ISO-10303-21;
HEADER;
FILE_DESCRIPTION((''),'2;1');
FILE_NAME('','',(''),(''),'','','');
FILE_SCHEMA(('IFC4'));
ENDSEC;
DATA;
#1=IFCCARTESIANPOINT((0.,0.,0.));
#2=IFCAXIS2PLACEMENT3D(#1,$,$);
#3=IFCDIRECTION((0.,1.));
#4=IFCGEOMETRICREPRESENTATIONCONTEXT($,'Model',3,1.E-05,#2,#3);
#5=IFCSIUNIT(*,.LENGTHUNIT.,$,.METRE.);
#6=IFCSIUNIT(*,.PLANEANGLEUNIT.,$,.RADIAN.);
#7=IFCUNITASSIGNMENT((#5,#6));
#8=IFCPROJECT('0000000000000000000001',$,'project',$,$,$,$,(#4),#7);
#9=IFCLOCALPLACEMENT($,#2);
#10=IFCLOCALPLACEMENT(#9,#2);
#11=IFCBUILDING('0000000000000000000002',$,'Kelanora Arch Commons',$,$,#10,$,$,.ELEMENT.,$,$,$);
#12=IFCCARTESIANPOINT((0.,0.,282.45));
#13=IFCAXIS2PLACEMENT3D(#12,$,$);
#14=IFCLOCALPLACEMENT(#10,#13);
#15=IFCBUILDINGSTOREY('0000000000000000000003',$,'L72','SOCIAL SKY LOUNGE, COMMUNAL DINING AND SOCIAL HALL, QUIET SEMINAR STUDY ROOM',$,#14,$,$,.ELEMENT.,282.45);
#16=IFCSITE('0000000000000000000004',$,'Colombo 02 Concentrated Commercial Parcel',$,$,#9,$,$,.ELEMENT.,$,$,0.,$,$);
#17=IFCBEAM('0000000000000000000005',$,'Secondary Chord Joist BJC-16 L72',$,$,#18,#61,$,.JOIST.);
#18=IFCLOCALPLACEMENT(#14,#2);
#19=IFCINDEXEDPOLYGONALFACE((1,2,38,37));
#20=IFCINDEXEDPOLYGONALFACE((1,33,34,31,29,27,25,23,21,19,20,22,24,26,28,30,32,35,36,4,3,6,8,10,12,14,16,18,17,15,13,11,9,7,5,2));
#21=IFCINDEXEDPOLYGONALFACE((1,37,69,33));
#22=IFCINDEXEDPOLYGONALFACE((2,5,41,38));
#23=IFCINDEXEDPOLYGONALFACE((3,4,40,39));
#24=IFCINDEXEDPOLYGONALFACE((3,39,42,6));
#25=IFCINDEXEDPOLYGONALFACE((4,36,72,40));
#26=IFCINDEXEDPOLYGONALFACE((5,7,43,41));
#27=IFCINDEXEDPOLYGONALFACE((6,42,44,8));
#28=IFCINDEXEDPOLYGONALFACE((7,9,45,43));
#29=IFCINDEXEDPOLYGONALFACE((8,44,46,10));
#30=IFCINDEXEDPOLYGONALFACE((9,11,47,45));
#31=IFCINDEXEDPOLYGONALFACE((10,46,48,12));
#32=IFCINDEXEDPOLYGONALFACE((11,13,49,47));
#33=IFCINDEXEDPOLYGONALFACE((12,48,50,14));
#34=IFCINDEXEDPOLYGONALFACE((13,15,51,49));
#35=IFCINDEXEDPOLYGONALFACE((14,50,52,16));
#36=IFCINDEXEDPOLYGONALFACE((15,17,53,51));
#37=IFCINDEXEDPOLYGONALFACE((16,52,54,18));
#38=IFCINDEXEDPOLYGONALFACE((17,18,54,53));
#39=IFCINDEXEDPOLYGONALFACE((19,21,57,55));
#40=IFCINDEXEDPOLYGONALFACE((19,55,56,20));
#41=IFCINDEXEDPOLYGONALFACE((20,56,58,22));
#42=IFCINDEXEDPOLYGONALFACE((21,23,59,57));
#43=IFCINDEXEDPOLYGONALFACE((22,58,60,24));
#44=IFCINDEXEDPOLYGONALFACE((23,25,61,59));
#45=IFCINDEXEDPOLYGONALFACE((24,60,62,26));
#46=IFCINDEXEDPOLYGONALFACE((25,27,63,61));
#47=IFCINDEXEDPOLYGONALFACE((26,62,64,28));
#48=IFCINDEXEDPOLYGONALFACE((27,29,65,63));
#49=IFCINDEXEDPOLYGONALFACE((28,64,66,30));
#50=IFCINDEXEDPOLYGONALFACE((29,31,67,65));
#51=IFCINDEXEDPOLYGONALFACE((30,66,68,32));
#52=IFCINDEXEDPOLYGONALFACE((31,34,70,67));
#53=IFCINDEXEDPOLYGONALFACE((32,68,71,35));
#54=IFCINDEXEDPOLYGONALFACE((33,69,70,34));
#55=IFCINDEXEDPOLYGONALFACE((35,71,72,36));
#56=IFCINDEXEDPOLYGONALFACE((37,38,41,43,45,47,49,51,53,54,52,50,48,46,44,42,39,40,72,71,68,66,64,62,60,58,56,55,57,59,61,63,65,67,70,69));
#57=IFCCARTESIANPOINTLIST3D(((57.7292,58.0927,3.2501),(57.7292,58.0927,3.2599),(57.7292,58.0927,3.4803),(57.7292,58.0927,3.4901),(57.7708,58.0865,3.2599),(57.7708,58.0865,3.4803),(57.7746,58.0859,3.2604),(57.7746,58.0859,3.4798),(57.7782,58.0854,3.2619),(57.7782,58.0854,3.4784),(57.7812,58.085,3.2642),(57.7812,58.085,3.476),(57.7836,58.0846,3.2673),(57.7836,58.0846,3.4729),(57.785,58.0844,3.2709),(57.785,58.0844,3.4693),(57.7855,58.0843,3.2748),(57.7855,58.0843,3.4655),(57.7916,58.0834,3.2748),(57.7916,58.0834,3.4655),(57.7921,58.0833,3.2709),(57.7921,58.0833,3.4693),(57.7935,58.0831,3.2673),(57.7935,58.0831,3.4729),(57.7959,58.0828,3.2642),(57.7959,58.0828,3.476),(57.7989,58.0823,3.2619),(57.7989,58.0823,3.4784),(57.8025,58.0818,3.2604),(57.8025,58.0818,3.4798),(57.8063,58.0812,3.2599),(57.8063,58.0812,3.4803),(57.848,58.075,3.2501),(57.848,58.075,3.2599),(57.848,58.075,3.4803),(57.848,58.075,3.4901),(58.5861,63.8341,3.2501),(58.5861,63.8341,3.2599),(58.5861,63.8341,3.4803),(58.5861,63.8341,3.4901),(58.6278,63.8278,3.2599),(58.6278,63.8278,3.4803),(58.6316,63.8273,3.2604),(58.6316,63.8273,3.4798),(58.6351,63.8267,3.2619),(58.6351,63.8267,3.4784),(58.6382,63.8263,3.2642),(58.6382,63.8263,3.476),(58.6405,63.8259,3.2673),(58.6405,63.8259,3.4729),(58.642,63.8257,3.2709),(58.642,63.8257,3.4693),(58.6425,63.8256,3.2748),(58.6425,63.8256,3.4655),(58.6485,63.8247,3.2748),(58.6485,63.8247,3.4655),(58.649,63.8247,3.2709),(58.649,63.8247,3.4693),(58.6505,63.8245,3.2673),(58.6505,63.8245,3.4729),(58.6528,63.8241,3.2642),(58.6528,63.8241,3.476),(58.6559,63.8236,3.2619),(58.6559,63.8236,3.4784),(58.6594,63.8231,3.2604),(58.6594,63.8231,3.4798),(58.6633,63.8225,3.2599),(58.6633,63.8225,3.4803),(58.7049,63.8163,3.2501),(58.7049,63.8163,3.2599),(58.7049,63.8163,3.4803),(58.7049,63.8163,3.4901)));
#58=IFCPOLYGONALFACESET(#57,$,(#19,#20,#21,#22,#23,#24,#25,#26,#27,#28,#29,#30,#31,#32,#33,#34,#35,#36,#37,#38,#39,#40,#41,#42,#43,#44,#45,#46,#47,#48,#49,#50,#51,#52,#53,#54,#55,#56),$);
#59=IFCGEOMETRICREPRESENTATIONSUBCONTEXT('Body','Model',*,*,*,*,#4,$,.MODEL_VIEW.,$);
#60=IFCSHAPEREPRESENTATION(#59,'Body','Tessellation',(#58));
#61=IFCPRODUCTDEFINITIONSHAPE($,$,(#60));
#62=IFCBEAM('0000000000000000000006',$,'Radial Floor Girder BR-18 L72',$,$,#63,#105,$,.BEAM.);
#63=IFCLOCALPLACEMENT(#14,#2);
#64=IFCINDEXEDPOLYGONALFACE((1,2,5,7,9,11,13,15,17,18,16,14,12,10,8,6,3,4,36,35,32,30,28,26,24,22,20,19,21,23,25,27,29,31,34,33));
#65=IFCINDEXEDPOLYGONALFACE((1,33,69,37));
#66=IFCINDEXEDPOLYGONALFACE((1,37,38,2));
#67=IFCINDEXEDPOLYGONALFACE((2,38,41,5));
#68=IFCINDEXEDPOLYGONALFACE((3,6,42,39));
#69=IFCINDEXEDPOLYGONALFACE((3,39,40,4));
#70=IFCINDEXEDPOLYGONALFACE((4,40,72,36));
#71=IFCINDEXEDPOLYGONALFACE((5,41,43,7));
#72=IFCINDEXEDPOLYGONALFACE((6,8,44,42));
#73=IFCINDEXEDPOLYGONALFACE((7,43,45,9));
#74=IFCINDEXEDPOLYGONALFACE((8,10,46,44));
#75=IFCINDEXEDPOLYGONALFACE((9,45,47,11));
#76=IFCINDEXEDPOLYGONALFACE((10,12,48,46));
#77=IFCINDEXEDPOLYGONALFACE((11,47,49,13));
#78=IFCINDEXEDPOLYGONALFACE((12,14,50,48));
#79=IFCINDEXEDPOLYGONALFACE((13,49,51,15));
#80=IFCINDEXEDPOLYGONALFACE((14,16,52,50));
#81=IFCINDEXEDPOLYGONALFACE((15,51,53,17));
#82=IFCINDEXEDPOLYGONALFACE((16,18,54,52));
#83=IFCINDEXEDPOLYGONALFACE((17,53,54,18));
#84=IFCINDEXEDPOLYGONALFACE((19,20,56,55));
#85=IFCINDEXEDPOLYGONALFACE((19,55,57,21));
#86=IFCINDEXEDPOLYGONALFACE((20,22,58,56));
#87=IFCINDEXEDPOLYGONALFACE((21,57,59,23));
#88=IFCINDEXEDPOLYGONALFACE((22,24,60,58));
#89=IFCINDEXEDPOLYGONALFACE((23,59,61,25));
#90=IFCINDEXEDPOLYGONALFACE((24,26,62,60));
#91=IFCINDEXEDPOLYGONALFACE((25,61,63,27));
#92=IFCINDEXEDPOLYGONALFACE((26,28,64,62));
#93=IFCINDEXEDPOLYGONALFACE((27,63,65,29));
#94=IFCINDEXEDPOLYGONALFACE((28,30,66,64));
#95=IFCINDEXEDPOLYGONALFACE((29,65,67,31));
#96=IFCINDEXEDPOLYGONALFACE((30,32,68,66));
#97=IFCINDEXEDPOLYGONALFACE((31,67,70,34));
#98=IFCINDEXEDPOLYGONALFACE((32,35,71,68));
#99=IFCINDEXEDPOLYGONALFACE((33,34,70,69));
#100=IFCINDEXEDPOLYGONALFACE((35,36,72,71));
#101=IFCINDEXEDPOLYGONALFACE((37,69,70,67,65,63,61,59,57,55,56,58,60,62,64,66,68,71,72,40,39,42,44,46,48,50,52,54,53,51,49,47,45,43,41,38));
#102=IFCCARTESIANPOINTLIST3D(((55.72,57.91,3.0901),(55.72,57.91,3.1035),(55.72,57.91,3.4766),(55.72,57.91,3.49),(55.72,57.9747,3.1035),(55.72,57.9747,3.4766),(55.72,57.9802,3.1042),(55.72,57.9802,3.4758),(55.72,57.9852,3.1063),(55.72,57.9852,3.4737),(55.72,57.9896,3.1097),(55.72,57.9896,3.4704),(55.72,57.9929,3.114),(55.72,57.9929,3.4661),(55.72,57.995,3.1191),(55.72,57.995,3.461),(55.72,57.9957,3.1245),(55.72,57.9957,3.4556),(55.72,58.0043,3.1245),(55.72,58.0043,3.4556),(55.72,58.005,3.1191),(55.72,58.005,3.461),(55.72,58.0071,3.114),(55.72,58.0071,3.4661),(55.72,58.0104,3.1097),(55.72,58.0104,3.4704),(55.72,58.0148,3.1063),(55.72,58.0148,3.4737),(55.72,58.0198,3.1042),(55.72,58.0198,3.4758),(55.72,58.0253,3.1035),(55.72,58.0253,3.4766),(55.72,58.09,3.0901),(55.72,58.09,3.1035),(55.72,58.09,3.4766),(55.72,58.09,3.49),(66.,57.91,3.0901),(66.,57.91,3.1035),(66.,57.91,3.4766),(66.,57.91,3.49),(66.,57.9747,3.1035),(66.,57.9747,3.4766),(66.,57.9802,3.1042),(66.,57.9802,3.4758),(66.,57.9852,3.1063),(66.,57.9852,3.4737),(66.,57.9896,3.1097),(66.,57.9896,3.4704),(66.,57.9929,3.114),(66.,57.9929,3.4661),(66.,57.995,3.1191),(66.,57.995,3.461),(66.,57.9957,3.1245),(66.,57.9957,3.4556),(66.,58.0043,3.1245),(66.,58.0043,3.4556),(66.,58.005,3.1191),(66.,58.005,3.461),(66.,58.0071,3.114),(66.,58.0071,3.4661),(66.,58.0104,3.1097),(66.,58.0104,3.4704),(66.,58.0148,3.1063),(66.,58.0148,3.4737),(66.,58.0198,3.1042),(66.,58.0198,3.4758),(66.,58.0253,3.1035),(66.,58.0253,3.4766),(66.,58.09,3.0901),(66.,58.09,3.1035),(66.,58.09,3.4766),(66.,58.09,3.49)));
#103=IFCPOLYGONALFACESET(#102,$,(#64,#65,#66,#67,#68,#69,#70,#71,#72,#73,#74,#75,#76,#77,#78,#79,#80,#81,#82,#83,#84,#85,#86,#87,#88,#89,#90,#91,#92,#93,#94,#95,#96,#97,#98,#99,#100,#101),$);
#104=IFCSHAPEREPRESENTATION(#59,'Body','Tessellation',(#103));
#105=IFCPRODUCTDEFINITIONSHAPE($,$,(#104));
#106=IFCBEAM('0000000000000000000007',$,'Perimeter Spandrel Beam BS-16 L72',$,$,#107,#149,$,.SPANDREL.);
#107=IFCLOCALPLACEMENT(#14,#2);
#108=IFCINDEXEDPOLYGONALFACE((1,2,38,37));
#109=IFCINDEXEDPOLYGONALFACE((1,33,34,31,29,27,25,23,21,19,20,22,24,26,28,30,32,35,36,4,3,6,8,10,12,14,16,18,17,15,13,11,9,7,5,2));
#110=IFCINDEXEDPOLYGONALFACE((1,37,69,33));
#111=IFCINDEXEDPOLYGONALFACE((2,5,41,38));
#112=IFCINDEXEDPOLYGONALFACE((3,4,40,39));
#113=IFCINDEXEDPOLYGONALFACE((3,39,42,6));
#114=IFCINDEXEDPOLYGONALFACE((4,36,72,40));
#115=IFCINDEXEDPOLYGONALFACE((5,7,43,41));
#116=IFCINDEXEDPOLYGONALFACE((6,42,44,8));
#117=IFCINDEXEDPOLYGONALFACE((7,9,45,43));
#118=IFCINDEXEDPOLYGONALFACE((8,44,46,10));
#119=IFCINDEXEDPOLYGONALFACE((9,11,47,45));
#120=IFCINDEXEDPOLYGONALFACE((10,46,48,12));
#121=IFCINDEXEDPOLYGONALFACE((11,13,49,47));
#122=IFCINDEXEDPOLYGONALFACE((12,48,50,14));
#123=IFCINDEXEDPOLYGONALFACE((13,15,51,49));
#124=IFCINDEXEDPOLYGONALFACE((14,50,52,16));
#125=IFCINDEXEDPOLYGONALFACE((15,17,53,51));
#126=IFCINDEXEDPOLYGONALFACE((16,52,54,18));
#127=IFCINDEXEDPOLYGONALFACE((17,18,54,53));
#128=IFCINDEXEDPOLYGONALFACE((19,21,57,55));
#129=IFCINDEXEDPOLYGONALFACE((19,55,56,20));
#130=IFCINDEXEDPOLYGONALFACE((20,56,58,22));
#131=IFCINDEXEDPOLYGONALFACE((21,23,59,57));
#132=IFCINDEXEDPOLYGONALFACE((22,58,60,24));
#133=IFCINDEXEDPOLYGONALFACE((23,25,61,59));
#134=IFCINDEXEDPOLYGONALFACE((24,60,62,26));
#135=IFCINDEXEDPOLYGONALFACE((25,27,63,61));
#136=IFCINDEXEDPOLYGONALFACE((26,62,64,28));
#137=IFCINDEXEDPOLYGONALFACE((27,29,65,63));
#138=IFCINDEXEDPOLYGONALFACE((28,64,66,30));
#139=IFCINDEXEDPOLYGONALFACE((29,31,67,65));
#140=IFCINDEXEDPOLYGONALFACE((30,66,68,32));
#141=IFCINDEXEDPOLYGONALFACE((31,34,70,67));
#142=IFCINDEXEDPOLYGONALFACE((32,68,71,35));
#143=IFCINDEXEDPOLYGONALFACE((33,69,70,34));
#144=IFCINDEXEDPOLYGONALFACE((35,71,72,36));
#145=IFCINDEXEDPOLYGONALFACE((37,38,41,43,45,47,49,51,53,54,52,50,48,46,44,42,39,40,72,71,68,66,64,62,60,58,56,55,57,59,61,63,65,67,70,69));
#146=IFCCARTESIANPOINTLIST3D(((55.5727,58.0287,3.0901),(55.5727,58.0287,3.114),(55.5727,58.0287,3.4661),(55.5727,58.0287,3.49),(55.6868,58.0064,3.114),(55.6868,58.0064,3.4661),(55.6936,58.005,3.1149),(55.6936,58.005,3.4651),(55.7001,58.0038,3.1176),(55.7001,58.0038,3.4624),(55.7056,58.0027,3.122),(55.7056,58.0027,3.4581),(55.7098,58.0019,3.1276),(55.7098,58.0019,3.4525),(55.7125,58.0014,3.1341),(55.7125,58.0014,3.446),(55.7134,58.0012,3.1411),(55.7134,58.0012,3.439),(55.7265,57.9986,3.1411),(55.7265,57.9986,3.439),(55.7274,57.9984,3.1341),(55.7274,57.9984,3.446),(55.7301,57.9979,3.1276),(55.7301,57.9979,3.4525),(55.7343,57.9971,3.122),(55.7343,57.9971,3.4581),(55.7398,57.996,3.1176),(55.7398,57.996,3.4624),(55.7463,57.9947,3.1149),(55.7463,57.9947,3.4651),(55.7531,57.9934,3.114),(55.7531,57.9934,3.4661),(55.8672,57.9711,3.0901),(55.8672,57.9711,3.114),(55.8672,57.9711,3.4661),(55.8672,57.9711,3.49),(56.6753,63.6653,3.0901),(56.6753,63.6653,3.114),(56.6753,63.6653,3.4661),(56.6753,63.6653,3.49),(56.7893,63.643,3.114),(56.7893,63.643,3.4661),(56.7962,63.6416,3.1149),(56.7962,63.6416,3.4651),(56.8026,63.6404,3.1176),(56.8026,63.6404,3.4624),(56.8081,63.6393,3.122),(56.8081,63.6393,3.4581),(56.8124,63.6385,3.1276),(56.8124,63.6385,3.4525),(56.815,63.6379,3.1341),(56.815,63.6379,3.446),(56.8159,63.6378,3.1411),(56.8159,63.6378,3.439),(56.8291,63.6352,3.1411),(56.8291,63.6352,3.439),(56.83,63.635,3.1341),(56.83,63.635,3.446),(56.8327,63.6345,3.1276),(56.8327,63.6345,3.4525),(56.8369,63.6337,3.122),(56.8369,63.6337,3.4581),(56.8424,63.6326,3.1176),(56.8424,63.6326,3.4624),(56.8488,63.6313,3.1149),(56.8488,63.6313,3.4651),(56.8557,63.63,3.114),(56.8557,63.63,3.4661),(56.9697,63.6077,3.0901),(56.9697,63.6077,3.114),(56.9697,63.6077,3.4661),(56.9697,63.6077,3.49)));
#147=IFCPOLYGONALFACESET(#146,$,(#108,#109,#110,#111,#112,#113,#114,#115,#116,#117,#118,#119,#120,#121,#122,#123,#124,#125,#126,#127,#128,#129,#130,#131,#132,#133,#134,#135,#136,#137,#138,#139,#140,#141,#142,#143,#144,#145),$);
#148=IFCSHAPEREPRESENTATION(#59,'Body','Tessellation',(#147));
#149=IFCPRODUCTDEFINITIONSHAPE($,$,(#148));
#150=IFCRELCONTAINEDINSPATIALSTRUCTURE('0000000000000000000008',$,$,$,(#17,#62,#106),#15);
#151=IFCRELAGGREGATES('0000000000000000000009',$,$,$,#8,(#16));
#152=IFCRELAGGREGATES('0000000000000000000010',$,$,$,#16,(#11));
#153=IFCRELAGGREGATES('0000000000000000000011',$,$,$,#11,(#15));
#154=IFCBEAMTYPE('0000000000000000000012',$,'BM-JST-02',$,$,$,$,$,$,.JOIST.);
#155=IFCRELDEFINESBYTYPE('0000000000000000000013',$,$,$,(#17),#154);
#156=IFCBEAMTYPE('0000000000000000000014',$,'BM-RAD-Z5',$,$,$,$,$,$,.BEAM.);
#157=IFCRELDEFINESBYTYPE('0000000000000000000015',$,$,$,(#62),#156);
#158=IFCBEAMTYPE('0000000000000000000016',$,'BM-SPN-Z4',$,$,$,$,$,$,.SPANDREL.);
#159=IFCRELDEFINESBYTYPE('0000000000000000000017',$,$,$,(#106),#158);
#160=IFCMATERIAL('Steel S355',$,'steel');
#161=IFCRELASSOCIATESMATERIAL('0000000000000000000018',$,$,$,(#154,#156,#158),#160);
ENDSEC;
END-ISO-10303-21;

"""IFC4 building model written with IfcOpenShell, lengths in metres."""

from ifc_helpers import new_model, si_unit, direction, frame, origin, origin_2d, place, context, subcontext, project, spatial, i_section, extrude, material, material_profile, profile_set, type_object, element, save


model = new_model("IFC4")

# Units and contexts
model_context = context("Model", 3, precision=1e-05, world=origin(), true_north=direction((0.0, 1.0)))
body_context = subcontext(model_context, "Body", "Model", "MODEL_VIEW")
ifc_project = project(units=[si_unit("LENGTHUNIT", "METRE"), si_unit("PLANEANGLEUNIT", "RADIAN")], contexts=[model_context])

# Site, building, storey
site_placement = place(None, origin())
site = spatial("IfcSite", under=ifc_project, at=site_placement, Name="Colombo 02 Concentrated Commercial Parcel", CompositionType="ELEMENT", RefElevation=0.0)
building_placement = place(site_placement, origin())
building = spatial("IfcBuilding", under=site, at=building_placement, Name="Kelanora Arch Commons", CompositionType="ELEMENT")
storey_placement = place(building_placement, frame((0.0, 0.0, 282.45)))
storey = spatial("IfcBuildingStorey", under=building, at=storey_placement, Name="L72", Description="SOCIAL SKY LOUNGE, COMMUNAL DINING AND SOCIAL HALL, QUIET SEMINAR STUDY ROOM", CompositionType="ELEMENT", Elevation=282.45)

# Beams
ifc_material_1 = material(Name="Steel S355", Category="steel")
ifc_material_profile_1 = material_profile(ifc_material_1, i_section(OverallWidth=0.1201, OverallDepth=0.24, WebThickness=0.0061, FlangeThickness=0.0098, FilletRadius=0.0149, at=origin_2d()), Name="IPE240")
ifc_profile_set_1 = profile_set([ifc_material_profile_1], Name="Steel S355")
beam_type_1 = type_object("IfcBeamType", Name="BM-JST-02", PredefinedType="JOIST", material=ifc_profile_set_1)
beam_1_placement = place(storey_placement, frame((58.6455, 63.8252, 3.3701), z_axis=(-0.147625, -0.989043, 0.0), x_axis=(0.989043, -0.147625, 0.0)))
element("IfcBeam", 1, at=beam_1_placement, inside=storey, type_object=beam_type_1, Name="Secondary Chord Joist BJC-16 L72", PredefinedType="JOIST", context=body_context, shape_type="SweptSolid", body=[
    extrude(i_section(OverallWidth=0.1201, OverallDepth=0.24, WebThickness=0.0061, FlangeThickness=0.0098, FilletRadius=0.0149, at=origin_2d()), origin(), (0.0, 0.0, 1.0), 5.8049),
])
ifc_material_profile_2 = material_profile(ifc_material_1, i_section(OverallWidth=0.1799, OverallDepth=0.3999, WebThickness=0.0085, FlangeThickness=0.0134, FilletRadius=0.021, at=origin_2d()), Name="IPE400")
ifc_profile_set_2 = profile_set([ifc_material_profile_2], Name="Steel S355")
beam_type_2 = type_object("IfcBeamType", Name="BM-RAD-Z5", PredefinedType="BEAM", material=ifc_profile_set_2)
beam_2_placement = place(storey_placement, frame((66.0, 58.0, 3.29), z_axis=(-1.0, 0.0, 0.0), x_axis=(0.0, -1.0, 0.0)))
element("IfcBeam", 2, at=beam_2_placement, inside=storey, type_object=beam_type_2, Name="Radial Floor Girder BR-18 L72", PredefinedType="BEAM", context=body_context, shape_type="SweptSolid", body=[
    extrude(i_section(OverallWidth=0.1799, OverallDepth=0.3999, WebThickness=0.0085, FlangeThickness=0.0134, FilletRadius=0.021, at=origin_2d()), origin(), (0.0, 0.0, 1.0), 10.28),
])
ifc_material_profile_3 = material_profile(ifc_material_1, i_section(OverallWidth=0.3, OverallDepth=0.3999, WebThickness=0.0134, FlangeThickness=0.0239, FilletRadius=0.0271, at=origin_2d()), Name="HEB400")
ifc_profile_set_3 = profile_set([ifc_material_profile_3], Name="Steel S355")
beam_type_3 = type_object("IfcBeamType", Name="BM-SPN-Z4", PredefinedType="SPANDREL", material=ifc_profile_set_3)
beam_3_placement = place(storey_placement, frame((56.8225, 63.6365, 3.29), z_axis=(-0.19197, -0.981401, 0.0), x_axis=(0.981401, -0.19197, 0.0)))
element("IfcBeam", 3, at=beam_3_placement, inside=storey, type_object=beam_type_3, Name="Perimeter Spandrel Beam BS-16 L72", PredefinedType="SPANDREL", context=body_context, shape_type="SweptSolid", body=[
    extrude(i_section(OverallWidth=0.3, OverallDepth=0.3999, WebThickness=0.0134, FlangeThickness=0.0239, FilletRadius=0.0271, at=origin_2d()), origin(), (0.0, 0.0, 1.0), 5.7434),
])

save(model, "model.ifc")
